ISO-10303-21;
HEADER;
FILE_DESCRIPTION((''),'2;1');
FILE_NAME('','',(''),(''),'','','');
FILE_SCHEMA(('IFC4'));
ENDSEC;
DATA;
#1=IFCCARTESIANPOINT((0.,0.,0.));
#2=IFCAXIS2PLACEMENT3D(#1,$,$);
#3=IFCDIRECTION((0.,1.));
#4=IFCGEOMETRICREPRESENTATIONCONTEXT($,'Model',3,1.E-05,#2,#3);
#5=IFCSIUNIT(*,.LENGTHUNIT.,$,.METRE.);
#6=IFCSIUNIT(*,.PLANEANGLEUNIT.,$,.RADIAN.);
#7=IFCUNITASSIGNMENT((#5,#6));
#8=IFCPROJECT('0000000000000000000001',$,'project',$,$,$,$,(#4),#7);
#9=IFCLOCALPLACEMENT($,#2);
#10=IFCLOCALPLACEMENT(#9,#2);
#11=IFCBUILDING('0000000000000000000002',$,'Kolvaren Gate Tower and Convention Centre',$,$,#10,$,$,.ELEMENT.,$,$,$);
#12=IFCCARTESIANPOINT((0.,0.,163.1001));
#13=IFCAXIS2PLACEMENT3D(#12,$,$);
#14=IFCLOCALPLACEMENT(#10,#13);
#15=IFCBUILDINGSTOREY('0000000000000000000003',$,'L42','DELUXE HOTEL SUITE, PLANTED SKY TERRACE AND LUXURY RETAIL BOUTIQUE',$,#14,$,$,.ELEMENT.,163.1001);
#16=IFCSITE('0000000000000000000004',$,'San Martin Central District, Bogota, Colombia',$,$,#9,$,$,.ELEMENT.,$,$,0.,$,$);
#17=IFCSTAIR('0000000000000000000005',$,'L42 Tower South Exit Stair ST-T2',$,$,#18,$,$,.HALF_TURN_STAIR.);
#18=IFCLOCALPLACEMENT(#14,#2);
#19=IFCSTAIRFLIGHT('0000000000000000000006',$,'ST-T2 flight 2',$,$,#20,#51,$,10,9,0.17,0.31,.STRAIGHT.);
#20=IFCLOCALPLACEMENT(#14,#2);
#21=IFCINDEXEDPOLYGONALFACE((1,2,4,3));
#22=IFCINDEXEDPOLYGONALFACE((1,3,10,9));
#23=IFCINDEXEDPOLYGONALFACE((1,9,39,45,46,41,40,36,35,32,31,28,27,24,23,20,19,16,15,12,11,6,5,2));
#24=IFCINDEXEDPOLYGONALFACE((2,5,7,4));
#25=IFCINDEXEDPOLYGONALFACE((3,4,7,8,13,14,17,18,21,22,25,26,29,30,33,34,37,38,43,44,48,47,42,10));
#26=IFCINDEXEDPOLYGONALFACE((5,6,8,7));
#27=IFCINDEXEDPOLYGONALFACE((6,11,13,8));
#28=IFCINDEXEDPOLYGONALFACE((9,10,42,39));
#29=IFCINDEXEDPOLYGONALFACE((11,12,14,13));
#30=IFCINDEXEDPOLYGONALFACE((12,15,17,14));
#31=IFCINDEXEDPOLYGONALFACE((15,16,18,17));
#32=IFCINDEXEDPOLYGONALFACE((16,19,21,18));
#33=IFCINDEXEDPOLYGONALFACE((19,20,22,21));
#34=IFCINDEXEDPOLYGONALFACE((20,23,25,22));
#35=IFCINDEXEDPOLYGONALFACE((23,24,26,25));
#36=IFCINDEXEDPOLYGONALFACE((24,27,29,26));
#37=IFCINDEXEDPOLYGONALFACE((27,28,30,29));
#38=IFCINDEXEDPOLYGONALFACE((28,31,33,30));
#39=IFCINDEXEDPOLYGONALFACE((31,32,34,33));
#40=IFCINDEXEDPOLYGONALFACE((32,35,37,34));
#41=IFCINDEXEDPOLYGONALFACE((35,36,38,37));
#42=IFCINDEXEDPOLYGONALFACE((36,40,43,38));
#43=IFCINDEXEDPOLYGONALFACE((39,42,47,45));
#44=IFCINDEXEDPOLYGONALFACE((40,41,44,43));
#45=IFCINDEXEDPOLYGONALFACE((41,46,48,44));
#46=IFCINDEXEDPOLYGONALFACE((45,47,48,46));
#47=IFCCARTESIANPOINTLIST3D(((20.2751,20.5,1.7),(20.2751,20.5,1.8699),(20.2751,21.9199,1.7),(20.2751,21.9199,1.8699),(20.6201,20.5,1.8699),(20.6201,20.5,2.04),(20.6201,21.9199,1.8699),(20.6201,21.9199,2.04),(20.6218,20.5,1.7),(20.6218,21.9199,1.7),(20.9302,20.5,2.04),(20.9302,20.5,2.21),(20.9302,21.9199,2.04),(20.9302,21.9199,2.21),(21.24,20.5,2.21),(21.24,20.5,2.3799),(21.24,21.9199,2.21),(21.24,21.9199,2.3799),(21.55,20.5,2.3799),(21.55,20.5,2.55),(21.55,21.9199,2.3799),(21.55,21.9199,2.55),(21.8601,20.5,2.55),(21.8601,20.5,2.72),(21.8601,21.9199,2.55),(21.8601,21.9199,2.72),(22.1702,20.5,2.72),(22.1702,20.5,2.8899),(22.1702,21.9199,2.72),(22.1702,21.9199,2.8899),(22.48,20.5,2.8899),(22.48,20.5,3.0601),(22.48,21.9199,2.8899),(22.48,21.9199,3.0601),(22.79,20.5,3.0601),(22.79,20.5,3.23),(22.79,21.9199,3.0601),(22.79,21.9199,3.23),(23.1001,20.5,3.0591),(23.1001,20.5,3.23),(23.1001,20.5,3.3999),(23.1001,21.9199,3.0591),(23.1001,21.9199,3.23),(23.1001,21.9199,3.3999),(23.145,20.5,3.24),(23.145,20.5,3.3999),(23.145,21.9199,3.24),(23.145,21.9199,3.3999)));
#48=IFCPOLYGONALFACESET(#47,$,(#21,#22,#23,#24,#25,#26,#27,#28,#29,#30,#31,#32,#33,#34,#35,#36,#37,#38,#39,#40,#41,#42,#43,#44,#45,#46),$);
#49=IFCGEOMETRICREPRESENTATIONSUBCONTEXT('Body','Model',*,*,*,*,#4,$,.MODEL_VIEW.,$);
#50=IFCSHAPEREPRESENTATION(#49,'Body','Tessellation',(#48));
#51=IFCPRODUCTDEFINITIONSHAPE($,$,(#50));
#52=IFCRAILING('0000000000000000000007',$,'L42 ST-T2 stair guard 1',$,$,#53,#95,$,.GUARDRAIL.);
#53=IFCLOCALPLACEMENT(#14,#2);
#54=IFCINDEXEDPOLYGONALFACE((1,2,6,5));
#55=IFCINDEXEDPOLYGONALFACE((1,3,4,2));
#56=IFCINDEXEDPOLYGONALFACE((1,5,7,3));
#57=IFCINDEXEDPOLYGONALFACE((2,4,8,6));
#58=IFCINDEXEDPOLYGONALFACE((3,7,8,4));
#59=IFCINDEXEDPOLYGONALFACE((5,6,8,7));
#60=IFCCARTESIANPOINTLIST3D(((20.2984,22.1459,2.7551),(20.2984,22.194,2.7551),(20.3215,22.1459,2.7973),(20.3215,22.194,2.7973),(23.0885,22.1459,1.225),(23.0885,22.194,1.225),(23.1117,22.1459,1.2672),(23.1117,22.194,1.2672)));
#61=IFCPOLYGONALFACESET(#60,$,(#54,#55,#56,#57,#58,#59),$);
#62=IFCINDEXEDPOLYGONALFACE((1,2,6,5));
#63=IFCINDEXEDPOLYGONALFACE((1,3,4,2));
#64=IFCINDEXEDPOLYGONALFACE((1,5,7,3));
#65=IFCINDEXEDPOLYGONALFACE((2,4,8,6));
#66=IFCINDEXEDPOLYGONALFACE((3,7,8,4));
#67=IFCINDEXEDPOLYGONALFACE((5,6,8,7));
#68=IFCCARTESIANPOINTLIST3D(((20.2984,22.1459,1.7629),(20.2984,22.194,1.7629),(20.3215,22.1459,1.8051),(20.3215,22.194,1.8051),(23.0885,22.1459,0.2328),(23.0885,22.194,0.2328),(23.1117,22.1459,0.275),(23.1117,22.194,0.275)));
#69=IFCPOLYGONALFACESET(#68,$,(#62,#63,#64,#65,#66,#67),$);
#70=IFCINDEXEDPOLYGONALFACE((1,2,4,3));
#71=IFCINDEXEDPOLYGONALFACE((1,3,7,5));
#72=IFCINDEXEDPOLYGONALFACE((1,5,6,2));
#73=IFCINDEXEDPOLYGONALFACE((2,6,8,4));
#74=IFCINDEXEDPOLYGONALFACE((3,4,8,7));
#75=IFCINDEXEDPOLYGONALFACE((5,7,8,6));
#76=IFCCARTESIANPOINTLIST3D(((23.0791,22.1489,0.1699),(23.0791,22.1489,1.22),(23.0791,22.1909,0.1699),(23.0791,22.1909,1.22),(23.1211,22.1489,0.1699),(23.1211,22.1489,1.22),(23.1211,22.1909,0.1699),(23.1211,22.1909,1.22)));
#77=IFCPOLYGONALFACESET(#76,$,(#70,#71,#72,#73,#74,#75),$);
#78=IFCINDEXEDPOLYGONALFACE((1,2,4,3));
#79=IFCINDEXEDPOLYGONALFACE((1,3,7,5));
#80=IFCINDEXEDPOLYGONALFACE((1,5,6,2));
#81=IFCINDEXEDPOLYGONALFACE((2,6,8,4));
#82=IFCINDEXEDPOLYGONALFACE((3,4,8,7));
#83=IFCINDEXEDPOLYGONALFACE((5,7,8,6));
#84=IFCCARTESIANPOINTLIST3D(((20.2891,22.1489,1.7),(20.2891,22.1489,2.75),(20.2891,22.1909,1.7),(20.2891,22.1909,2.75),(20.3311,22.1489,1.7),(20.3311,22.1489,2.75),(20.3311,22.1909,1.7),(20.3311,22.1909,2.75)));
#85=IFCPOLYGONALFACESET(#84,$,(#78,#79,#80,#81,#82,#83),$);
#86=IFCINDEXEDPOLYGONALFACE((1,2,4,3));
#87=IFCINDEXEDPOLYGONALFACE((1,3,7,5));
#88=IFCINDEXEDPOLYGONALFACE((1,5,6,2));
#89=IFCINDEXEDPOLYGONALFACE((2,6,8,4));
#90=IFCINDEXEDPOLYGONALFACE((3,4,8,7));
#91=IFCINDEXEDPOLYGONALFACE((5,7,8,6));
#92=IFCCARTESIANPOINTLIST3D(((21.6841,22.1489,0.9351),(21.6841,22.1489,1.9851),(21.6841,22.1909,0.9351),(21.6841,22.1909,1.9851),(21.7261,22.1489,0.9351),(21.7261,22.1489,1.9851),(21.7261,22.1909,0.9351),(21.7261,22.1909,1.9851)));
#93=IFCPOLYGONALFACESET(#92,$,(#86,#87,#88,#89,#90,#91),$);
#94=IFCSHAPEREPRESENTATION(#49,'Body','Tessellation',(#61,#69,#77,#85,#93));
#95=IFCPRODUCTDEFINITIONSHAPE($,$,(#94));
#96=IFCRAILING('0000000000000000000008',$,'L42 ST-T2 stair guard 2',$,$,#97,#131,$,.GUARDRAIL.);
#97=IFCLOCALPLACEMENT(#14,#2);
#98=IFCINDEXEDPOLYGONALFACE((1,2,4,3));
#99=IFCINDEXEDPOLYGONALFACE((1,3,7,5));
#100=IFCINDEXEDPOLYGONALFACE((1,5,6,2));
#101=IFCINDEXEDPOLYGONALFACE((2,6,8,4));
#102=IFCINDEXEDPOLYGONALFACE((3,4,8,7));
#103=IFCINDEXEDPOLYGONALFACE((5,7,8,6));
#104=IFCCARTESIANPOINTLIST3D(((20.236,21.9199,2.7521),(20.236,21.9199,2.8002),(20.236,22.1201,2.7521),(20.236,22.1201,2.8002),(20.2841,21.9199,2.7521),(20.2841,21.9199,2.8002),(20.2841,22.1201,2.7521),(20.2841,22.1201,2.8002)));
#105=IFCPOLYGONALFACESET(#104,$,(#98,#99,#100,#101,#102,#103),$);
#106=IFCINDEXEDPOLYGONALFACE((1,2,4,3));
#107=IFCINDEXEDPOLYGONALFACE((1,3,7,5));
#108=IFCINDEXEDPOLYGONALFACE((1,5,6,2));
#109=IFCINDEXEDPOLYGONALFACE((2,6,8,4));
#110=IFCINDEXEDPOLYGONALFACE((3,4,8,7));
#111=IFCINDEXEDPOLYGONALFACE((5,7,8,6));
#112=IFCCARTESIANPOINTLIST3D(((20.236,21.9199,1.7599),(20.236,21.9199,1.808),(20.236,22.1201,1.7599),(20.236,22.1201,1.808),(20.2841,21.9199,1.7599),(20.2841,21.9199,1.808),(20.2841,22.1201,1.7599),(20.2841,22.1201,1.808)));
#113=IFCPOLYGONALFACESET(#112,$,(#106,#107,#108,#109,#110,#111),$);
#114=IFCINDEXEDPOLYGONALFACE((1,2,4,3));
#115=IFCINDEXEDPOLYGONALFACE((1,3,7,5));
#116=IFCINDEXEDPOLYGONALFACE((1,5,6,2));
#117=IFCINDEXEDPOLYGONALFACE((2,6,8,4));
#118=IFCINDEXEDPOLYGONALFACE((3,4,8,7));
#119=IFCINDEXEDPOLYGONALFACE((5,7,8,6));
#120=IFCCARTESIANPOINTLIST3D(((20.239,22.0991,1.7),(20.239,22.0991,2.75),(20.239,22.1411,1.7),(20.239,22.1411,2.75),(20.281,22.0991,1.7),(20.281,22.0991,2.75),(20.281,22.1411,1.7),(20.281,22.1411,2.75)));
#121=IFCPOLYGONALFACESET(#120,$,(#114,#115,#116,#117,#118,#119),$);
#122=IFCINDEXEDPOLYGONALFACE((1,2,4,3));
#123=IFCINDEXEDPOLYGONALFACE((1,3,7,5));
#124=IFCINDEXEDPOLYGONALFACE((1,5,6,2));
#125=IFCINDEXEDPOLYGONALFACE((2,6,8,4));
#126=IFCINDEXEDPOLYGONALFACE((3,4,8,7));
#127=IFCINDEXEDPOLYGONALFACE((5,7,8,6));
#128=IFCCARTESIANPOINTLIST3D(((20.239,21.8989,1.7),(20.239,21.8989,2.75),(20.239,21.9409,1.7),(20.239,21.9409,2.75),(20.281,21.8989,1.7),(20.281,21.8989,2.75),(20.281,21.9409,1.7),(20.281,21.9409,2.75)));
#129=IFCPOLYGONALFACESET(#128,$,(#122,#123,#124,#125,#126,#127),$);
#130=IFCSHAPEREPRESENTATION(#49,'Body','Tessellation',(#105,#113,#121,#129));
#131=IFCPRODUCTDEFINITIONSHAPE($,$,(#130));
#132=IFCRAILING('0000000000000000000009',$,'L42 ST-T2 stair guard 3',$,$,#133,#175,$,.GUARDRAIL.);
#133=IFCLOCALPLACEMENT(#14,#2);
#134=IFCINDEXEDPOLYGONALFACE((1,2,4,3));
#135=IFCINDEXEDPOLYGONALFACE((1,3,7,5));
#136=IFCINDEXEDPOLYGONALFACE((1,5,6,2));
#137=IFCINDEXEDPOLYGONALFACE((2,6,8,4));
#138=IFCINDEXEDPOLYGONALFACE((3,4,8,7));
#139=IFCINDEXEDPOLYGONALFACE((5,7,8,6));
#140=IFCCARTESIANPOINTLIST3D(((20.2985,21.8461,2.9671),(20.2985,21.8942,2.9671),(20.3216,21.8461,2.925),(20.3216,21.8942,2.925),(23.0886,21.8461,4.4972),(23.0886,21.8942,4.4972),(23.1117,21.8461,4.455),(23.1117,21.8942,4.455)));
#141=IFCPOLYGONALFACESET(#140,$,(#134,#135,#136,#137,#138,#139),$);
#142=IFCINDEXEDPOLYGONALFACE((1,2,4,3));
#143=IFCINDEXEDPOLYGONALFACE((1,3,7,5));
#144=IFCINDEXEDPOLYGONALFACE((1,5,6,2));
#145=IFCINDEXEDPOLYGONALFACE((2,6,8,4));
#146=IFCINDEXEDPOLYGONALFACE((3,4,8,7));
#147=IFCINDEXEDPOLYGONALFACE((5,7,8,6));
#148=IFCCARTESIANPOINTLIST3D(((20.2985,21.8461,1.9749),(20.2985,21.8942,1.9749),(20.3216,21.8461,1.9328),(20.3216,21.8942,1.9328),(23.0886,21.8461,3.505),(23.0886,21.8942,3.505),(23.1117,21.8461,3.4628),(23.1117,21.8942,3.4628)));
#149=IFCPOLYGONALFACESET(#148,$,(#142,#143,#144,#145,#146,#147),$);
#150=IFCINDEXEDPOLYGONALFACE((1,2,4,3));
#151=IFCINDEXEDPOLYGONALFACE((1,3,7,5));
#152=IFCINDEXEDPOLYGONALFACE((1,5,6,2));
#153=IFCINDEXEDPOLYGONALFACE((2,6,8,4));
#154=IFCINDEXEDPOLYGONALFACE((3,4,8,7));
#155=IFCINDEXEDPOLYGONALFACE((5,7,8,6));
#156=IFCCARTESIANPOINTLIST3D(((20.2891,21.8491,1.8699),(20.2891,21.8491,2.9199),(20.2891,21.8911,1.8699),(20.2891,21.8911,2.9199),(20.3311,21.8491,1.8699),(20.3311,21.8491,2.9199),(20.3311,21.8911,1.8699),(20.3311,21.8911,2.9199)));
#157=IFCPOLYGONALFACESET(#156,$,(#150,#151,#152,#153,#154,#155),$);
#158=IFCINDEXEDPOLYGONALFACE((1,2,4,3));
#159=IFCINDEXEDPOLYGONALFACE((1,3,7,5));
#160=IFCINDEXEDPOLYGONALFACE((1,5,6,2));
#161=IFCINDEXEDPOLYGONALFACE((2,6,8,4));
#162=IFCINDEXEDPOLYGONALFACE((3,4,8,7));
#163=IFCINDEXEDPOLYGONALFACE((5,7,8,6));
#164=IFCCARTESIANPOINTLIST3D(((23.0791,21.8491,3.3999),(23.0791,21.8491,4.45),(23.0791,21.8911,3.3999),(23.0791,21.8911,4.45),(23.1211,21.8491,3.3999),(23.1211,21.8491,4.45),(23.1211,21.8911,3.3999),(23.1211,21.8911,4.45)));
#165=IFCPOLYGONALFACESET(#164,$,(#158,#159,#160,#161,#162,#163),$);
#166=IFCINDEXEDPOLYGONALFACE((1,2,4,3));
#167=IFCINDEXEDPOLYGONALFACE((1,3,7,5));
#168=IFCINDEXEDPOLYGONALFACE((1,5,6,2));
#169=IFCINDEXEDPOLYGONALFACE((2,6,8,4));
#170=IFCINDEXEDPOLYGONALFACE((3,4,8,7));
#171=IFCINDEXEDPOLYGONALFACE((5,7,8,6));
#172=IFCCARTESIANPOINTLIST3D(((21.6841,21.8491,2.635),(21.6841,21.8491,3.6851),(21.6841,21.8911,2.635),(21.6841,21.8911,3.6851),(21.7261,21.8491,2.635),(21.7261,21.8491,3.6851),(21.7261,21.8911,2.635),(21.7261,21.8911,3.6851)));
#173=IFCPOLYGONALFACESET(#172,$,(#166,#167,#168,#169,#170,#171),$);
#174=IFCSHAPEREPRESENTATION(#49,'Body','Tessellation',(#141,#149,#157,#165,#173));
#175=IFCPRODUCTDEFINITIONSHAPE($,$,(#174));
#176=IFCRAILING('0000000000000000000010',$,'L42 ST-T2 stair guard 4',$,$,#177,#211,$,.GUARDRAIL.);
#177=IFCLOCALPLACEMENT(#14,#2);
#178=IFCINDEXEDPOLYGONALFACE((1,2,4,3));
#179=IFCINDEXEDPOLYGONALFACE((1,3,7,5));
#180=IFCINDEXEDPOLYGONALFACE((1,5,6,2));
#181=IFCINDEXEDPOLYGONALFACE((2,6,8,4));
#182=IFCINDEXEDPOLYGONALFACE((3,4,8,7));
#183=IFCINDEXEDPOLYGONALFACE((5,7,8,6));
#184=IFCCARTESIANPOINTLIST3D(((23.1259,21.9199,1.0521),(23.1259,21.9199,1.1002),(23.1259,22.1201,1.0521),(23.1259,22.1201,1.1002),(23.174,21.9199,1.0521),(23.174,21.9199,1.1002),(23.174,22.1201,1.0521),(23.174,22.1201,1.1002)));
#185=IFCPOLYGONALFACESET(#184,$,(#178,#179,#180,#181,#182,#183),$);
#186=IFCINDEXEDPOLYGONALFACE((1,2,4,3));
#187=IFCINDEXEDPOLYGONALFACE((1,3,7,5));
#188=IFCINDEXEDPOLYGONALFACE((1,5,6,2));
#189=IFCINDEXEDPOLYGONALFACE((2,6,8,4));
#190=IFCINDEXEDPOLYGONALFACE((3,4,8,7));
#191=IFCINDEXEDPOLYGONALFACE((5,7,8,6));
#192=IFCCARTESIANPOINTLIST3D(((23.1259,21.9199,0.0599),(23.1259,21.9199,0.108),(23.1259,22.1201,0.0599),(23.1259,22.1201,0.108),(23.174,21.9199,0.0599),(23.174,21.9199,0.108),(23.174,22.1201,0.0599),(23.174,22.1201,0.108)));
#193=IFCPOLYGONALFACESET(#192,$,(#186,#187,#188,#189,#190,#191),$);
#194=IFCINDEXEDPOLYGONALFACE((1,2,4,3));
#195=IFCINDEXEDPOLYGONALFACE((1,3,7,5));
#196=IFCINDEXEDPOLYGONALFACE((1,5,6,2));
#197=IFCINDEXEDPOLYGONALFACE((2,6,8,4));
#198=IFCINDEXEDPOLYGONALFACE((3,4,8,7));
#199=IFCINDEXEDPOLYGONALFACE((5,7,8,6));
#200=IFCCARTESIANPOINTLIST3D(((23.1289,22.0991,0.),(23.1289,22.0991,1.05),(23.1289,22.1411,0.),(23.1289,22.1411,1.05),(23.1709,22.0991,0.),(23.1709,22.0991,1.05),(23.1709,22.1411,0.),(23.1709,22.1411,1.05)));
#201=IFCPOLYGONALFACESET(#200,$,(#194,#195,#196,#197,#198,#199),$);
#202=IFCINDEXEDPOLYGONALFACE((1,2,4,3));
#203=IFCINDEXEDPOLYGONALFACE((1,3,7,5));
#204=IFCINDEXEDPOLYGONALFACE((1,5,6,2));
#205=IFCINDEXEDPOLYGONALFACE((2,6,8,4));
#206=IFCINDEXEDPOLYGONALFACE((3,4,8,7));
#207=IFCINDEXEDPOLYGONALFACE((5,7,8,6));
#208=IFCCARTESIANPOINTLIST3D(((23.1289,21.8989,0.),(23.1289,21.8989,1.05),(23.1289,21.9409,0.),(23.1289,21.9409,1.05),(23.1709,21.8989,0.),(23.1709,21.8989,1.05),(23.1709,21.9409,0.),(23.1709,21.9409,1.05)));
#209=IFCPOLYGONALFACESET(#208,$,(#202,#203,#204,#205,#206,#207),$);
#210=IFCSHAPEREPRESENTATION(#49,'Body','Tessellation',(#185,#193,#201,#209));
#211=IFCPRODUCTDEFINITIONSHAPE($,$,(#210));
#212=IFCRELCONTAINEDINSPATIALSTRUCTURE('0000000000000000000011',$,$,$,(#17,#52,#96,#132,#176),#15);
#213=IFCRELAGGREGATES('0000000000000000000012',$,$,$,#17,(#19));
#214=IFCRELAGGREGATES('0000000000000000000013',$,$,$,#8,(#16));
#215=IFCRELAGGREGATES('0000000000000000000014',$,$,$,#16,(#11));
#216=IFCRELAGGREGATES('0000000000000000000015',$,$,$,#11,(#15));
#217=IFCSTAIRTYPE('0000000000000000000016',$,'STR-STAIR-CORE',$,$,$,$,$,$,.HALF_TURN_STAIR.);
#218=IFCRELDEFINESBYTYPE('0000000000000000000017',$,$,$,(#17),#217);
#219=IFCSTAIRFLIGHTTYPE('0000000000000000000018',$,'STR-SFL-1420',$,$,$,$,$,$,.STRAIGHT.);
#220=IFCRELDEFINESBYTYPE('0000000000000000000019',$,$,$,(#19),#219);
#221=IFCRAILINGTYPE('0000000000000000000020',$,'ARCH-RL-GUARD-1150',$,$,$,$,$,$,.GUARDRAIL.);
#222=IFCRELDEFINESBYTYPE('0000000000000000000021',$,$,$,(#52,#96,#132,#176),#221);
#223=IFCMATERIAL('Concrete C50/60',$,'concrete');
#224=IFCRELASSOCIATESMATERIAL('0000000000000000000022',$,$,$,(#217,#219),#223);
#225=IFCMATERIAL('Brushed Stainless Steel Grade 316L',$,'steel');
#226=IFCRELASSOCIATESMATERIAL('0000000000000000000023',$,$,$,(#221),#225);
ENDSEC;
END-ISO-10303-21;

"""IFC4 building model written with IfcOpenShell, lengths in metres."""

from ifc_helpers import new_model, si_unit, direction, frame, origin, origin_2d, place, context, subcontext, project, spatial, polyline, rectangle, outline, extrude, material, type_object, element, aggregate, save


model = new_model("IFC4")

# Units and contexts
model_context = context("Model", 3, precision=1e-05, world=origin(), true_north=direction((0.0, 1.0)))
body_context = subcontext(model_context, "Body", "Model", "MODEL_VIEW")
ifc_project = project(units=[si_unit("LENGTHUNIT", "METRE"), si_unit("PLANEANGLEUNIT", "RADIAN")], contexts=[model_context])

# Site, building, storey
site_placement = place(None, origin())
site = spatial("IfcSite", under=ifc_project, at=site_placement, Name="San Martin Central District, Bogota, Colombia", CompositionType="ELEMENT", RefElevation=0.0)
building_placement = place(site_placement, origin())
building = spatial("IfcBuilding", under=site, at=building_placement, Name="Kolvaren Gate Tower and Convention Centre", CompositionType="ELEMENT")
storey_placement = place(building_placement, frame((0.0, 0.0, 163.1001)))
storey = spatial("IfcBuildingStorey", under=building, at=storey_placement, Name="L42", Description="DELUXE HOTEL SUITE, PLANTED SKY TERRACE AND LUXURY RETAIL BOUTIQUE", CompositionType="ELEMENT", Elevation=163.1001)

# Shared definitions
ifc_material_1 = material(Name="Brushed Stainless Steel Grade 316L", Category="steel")

# Shared definitions
ifc_material_2 = material(Name="Concrete C50/60", Category="concrete")

# Stair, stair flight
stair_type = type_object("IfcStairType", Name="STR-STAIR-CORE", PredefinedType="HALF_TURN_STAIR", material=ifc_material_2)
stair_placement = place(storey_placement, origin())
stair = element("IfcStair", 1, at=stair_placement, inside=storey, type_object=stair_type, Name="L42 Tower South Exit Stair ST-T2", PredefinedType="HALF_TURN_STAIR")
stair_flight_type = type_object("IfcStairFlightType", Name="STR-SFL-1420", PredefinedType="STRAIGHT", material=ifc_material_2)
stair_flight_1_placement = place(storey_placement, frame((20.3101, 21.21, 1.7), z_axis=(0.0, 0.0, 1.0), x_axis=(1.0, 0.0, 0.0)))
stair_flight_1 = element("IfcStairFlight", 2, at=stair_flight_1_placement, type_object=stair_flight_type, Name="ST-T2 flight 2", NumberOfRisers=10, NumberOfTreads=9, PredefinedType="STRAIGHT", RiserHeight=0.17, TreadLength=0.31, context=body_context, shape_type="SweptSolid", body=[
    extrude(outline(polyline([(-0.0349, 0.0), (-0.0349, 0.1699), (0.3101, 0.1699), (0.3101, 0.3401), (0.6201, 0.3401), (0.6201, 0.51), (0.9299, 0.51), (0.9299, 0.6799), (1.24, 0.6799), (1.24, 0.8501), (1.55, 0.8501), (1.55, 1.02), (1.8601, 1.02), (1.8601, 1.1899), (2.1699, 1.1899), (2.1699, 1.3601), (2.48, 1.3601), (2.48, 1.53), (2.79, 1.53), (2.79, 1.7), (2.835, 1.7), (2.835, 1.54), (2.79, 1.3591), (0.3118, 0.0), (-0.0349, 0.0)])), frame((0.0, 0.71, 0.0), z_axis=(0.0, -1.0, 0.0), x_axis=(1.0, 0.0, 0.0)), (0.0, 0.0, 1.0), 1.4199),
])
aggregate(stair, [stair_flight_1])

# Railings
railing_type_1 = type_object("IfcRailingType", Name="ARCH-RL-GUARD-1150", PredefinedType="GUARDRAIL", material=ifc_material_1)
railing_1_placement = place(storey_placement, frame((23.1001, 22.1699, 0.1699)))
element("IfcRailing", 3, at=railing_1_placement, inside=storey, type_object=railing_type_1, Name="L42 ST-T2 stair guard 1", PredefinedType="GUARDRAIL", context=body_context, shape_type="SweptSolid", body=[
    extrude(rectangle(XDim=0.0481, YDim=0.0481, at=origin_2d()), frame((0.0, 0.0, 1.0762), z_axis=(-0.876811, 0.0, 0.480835), x_axis=(0.0, -1.0, 0.0)), (0.0, 0.0, 1.0), 3.1821),
    extrude(rectangle(XDim=0.0481, YDim=0.0481, at=origin_2d()), frame((0.0, 0.0, 0.084), z_axis=(-0.876811, 0.0, 0.480835), x_axis=(0.0, -1.0, 0.0)), (0.0, 0.0, 1.0), 3.1821),
    extrude(rectangle(XDim=0.042, YDim=0.042, at=origin_2d()), origin(), (0.0, 0.0, 1.0), 1.05),
    extrude(rectangle(XDim=0.042, YDim=0.042, at=origin_2d()), frame((-2.79, 0.0, 1.53)), (0.0, 0.0, 1.0), 1.05),
    extrude(rectangle(XDim=0.042, YDim=0.042, at=origin_2d()), frame((-1.395, 0.0, 0.7651)), (0.0, 0.0, 1.0), 1.05),
])
railing_2_placement = place(storey_placement, frame((20.26, 22.1201, 1.7)))
element("IfcRailing", 4, at=railing_2_placement, inside=storey, type_object=railing_type_1, Name="L42 ST-T2 stair guard 2", PredefinedType="GUARDRAIL", context=body_context, shape_type="SweptSolid", body=[
    extrude(rectangle(XDim=0.0481, YDim=0.0481, at=origin_2d()), frame((0.0, 0.0, 1.0762), z_axis=(0.0, -1.0, 0.0), x_axis=(1.0, 0.0, 0.0)), (0.0, 0.0, 1.0), 0.2002),
    extrude(rectangle(XDim=0.0481, YDim=0.0481, at=origin_2d()), frame((0.0, 0.0, 0.084), z_axis=(0.0, -1.0, 0.0), x_axis=(1.0, 0.0, 0.0)), (0.0, 0.0, 1.0), 0.2002),
    extrude(rectangle(XDim=0.042, YDim=0.042, at=origin_2d()), origin(), (0.0, 0.0, 1.0), 1.05),
    extrude(rectangle(XDim=0.042, YDim=0.042, at=origin_2d()), frame((0.0, -0.2002, 0.0)), (0.0, 0.0, 1.0), 1.05),
])
railing_3_placement = place(storey_placement, frame((20.3101, 21.8701, 1.8699)))
element("IfcRailing", 5, at=railing_3_placement, inside=storey, type_object=railing_type_1, Name="L42 ST-T2 stair guard 3", PredefinedType="GUARDRAIL", context=body_context, shape_type="SweptSolid", body=[
    extrude(rectangle(XDim=0.0481, YDim=0.0481, at=origin_2d()), frame((0.0, 0.0, 1.0762), z_axis=(0.876811, 0.0, 0.480835), x_axis=(0.0, 1.0, 0.0)), (0.0, 0.0, 1.0), 3.1821),
    extrude(rectangle(XDim=0.0481, YDim=0.0481, at=origin_2d()), frame((0.0, 0.0, 0.084), z_axis=(0.876811, 0.0, 0.480835), x_axis=(0.0, 1.0, 0.0)), (0.0, 0.0, 1.0), 3.1821),
    extrude(rectangle(XDim=0.042, YDim=0.042, at=origin_2d()), origin(), (0.0, 0.0, 1.0), 1.05),
    extrude(rectangle(XDim=0.042, YDim=0.042, at=origin_2d()), frame((2.79, 0.0, 1.53)), (0.0, 0.0, 1.0), 1.05),
    extrude(rectangle(XDim=0.042, YDim=0.042, at=origin_2d()), frame((1.395, 0.0, 0.7651)), (0.0, 0.0, 1.0), 1.05),
])
railing_4_placement = place(storey_placement, frame((23.1499, 22.1201, 0.0)))
element("IfcRailing", 6, at=railing_4_placement, inside=storey, type_object=railing_type_1, Name="L42 ST-T2 stair guard 4", PredefinedType="GUARDRAIL", context=body_context, shape_type="SweptSolid", body=[
    extrude(rectangle(XDim=0.0481, YDim=0.0481, at=origin_2d()), frame((0.0, 0.0, 1.0762), z_axis=(0.0, -1.0, 0.0), x_axis=(1.0, 0.0, 0.0)), (0.0, 0.0, 1.0), 0.2002),
    extrude(rectangle(XDim=0.0481, YDim=0.0481, at=origin_2d()), frame((0.0, 0.0, 0.084), z_axis=(0.0, -1.0, 0.0), x_axis=(1.0, 0.0, 0.0)), (0.0, 0.0, 1.0), 0.2002),
    extrude(rectangle(XDim=0.042, YDim=0.042, at=origin_2d()), origin(), (0.0, 0.0, 1.0), 1.05),
    extrude(rectangle(XDim=0.042, YDim=0.042, at=origin_2d()), frame((0.0, -0.2002, 0.0)), (0.0, 0.0, 1.0), 1.05),
])

save(model, "model.ifc")
